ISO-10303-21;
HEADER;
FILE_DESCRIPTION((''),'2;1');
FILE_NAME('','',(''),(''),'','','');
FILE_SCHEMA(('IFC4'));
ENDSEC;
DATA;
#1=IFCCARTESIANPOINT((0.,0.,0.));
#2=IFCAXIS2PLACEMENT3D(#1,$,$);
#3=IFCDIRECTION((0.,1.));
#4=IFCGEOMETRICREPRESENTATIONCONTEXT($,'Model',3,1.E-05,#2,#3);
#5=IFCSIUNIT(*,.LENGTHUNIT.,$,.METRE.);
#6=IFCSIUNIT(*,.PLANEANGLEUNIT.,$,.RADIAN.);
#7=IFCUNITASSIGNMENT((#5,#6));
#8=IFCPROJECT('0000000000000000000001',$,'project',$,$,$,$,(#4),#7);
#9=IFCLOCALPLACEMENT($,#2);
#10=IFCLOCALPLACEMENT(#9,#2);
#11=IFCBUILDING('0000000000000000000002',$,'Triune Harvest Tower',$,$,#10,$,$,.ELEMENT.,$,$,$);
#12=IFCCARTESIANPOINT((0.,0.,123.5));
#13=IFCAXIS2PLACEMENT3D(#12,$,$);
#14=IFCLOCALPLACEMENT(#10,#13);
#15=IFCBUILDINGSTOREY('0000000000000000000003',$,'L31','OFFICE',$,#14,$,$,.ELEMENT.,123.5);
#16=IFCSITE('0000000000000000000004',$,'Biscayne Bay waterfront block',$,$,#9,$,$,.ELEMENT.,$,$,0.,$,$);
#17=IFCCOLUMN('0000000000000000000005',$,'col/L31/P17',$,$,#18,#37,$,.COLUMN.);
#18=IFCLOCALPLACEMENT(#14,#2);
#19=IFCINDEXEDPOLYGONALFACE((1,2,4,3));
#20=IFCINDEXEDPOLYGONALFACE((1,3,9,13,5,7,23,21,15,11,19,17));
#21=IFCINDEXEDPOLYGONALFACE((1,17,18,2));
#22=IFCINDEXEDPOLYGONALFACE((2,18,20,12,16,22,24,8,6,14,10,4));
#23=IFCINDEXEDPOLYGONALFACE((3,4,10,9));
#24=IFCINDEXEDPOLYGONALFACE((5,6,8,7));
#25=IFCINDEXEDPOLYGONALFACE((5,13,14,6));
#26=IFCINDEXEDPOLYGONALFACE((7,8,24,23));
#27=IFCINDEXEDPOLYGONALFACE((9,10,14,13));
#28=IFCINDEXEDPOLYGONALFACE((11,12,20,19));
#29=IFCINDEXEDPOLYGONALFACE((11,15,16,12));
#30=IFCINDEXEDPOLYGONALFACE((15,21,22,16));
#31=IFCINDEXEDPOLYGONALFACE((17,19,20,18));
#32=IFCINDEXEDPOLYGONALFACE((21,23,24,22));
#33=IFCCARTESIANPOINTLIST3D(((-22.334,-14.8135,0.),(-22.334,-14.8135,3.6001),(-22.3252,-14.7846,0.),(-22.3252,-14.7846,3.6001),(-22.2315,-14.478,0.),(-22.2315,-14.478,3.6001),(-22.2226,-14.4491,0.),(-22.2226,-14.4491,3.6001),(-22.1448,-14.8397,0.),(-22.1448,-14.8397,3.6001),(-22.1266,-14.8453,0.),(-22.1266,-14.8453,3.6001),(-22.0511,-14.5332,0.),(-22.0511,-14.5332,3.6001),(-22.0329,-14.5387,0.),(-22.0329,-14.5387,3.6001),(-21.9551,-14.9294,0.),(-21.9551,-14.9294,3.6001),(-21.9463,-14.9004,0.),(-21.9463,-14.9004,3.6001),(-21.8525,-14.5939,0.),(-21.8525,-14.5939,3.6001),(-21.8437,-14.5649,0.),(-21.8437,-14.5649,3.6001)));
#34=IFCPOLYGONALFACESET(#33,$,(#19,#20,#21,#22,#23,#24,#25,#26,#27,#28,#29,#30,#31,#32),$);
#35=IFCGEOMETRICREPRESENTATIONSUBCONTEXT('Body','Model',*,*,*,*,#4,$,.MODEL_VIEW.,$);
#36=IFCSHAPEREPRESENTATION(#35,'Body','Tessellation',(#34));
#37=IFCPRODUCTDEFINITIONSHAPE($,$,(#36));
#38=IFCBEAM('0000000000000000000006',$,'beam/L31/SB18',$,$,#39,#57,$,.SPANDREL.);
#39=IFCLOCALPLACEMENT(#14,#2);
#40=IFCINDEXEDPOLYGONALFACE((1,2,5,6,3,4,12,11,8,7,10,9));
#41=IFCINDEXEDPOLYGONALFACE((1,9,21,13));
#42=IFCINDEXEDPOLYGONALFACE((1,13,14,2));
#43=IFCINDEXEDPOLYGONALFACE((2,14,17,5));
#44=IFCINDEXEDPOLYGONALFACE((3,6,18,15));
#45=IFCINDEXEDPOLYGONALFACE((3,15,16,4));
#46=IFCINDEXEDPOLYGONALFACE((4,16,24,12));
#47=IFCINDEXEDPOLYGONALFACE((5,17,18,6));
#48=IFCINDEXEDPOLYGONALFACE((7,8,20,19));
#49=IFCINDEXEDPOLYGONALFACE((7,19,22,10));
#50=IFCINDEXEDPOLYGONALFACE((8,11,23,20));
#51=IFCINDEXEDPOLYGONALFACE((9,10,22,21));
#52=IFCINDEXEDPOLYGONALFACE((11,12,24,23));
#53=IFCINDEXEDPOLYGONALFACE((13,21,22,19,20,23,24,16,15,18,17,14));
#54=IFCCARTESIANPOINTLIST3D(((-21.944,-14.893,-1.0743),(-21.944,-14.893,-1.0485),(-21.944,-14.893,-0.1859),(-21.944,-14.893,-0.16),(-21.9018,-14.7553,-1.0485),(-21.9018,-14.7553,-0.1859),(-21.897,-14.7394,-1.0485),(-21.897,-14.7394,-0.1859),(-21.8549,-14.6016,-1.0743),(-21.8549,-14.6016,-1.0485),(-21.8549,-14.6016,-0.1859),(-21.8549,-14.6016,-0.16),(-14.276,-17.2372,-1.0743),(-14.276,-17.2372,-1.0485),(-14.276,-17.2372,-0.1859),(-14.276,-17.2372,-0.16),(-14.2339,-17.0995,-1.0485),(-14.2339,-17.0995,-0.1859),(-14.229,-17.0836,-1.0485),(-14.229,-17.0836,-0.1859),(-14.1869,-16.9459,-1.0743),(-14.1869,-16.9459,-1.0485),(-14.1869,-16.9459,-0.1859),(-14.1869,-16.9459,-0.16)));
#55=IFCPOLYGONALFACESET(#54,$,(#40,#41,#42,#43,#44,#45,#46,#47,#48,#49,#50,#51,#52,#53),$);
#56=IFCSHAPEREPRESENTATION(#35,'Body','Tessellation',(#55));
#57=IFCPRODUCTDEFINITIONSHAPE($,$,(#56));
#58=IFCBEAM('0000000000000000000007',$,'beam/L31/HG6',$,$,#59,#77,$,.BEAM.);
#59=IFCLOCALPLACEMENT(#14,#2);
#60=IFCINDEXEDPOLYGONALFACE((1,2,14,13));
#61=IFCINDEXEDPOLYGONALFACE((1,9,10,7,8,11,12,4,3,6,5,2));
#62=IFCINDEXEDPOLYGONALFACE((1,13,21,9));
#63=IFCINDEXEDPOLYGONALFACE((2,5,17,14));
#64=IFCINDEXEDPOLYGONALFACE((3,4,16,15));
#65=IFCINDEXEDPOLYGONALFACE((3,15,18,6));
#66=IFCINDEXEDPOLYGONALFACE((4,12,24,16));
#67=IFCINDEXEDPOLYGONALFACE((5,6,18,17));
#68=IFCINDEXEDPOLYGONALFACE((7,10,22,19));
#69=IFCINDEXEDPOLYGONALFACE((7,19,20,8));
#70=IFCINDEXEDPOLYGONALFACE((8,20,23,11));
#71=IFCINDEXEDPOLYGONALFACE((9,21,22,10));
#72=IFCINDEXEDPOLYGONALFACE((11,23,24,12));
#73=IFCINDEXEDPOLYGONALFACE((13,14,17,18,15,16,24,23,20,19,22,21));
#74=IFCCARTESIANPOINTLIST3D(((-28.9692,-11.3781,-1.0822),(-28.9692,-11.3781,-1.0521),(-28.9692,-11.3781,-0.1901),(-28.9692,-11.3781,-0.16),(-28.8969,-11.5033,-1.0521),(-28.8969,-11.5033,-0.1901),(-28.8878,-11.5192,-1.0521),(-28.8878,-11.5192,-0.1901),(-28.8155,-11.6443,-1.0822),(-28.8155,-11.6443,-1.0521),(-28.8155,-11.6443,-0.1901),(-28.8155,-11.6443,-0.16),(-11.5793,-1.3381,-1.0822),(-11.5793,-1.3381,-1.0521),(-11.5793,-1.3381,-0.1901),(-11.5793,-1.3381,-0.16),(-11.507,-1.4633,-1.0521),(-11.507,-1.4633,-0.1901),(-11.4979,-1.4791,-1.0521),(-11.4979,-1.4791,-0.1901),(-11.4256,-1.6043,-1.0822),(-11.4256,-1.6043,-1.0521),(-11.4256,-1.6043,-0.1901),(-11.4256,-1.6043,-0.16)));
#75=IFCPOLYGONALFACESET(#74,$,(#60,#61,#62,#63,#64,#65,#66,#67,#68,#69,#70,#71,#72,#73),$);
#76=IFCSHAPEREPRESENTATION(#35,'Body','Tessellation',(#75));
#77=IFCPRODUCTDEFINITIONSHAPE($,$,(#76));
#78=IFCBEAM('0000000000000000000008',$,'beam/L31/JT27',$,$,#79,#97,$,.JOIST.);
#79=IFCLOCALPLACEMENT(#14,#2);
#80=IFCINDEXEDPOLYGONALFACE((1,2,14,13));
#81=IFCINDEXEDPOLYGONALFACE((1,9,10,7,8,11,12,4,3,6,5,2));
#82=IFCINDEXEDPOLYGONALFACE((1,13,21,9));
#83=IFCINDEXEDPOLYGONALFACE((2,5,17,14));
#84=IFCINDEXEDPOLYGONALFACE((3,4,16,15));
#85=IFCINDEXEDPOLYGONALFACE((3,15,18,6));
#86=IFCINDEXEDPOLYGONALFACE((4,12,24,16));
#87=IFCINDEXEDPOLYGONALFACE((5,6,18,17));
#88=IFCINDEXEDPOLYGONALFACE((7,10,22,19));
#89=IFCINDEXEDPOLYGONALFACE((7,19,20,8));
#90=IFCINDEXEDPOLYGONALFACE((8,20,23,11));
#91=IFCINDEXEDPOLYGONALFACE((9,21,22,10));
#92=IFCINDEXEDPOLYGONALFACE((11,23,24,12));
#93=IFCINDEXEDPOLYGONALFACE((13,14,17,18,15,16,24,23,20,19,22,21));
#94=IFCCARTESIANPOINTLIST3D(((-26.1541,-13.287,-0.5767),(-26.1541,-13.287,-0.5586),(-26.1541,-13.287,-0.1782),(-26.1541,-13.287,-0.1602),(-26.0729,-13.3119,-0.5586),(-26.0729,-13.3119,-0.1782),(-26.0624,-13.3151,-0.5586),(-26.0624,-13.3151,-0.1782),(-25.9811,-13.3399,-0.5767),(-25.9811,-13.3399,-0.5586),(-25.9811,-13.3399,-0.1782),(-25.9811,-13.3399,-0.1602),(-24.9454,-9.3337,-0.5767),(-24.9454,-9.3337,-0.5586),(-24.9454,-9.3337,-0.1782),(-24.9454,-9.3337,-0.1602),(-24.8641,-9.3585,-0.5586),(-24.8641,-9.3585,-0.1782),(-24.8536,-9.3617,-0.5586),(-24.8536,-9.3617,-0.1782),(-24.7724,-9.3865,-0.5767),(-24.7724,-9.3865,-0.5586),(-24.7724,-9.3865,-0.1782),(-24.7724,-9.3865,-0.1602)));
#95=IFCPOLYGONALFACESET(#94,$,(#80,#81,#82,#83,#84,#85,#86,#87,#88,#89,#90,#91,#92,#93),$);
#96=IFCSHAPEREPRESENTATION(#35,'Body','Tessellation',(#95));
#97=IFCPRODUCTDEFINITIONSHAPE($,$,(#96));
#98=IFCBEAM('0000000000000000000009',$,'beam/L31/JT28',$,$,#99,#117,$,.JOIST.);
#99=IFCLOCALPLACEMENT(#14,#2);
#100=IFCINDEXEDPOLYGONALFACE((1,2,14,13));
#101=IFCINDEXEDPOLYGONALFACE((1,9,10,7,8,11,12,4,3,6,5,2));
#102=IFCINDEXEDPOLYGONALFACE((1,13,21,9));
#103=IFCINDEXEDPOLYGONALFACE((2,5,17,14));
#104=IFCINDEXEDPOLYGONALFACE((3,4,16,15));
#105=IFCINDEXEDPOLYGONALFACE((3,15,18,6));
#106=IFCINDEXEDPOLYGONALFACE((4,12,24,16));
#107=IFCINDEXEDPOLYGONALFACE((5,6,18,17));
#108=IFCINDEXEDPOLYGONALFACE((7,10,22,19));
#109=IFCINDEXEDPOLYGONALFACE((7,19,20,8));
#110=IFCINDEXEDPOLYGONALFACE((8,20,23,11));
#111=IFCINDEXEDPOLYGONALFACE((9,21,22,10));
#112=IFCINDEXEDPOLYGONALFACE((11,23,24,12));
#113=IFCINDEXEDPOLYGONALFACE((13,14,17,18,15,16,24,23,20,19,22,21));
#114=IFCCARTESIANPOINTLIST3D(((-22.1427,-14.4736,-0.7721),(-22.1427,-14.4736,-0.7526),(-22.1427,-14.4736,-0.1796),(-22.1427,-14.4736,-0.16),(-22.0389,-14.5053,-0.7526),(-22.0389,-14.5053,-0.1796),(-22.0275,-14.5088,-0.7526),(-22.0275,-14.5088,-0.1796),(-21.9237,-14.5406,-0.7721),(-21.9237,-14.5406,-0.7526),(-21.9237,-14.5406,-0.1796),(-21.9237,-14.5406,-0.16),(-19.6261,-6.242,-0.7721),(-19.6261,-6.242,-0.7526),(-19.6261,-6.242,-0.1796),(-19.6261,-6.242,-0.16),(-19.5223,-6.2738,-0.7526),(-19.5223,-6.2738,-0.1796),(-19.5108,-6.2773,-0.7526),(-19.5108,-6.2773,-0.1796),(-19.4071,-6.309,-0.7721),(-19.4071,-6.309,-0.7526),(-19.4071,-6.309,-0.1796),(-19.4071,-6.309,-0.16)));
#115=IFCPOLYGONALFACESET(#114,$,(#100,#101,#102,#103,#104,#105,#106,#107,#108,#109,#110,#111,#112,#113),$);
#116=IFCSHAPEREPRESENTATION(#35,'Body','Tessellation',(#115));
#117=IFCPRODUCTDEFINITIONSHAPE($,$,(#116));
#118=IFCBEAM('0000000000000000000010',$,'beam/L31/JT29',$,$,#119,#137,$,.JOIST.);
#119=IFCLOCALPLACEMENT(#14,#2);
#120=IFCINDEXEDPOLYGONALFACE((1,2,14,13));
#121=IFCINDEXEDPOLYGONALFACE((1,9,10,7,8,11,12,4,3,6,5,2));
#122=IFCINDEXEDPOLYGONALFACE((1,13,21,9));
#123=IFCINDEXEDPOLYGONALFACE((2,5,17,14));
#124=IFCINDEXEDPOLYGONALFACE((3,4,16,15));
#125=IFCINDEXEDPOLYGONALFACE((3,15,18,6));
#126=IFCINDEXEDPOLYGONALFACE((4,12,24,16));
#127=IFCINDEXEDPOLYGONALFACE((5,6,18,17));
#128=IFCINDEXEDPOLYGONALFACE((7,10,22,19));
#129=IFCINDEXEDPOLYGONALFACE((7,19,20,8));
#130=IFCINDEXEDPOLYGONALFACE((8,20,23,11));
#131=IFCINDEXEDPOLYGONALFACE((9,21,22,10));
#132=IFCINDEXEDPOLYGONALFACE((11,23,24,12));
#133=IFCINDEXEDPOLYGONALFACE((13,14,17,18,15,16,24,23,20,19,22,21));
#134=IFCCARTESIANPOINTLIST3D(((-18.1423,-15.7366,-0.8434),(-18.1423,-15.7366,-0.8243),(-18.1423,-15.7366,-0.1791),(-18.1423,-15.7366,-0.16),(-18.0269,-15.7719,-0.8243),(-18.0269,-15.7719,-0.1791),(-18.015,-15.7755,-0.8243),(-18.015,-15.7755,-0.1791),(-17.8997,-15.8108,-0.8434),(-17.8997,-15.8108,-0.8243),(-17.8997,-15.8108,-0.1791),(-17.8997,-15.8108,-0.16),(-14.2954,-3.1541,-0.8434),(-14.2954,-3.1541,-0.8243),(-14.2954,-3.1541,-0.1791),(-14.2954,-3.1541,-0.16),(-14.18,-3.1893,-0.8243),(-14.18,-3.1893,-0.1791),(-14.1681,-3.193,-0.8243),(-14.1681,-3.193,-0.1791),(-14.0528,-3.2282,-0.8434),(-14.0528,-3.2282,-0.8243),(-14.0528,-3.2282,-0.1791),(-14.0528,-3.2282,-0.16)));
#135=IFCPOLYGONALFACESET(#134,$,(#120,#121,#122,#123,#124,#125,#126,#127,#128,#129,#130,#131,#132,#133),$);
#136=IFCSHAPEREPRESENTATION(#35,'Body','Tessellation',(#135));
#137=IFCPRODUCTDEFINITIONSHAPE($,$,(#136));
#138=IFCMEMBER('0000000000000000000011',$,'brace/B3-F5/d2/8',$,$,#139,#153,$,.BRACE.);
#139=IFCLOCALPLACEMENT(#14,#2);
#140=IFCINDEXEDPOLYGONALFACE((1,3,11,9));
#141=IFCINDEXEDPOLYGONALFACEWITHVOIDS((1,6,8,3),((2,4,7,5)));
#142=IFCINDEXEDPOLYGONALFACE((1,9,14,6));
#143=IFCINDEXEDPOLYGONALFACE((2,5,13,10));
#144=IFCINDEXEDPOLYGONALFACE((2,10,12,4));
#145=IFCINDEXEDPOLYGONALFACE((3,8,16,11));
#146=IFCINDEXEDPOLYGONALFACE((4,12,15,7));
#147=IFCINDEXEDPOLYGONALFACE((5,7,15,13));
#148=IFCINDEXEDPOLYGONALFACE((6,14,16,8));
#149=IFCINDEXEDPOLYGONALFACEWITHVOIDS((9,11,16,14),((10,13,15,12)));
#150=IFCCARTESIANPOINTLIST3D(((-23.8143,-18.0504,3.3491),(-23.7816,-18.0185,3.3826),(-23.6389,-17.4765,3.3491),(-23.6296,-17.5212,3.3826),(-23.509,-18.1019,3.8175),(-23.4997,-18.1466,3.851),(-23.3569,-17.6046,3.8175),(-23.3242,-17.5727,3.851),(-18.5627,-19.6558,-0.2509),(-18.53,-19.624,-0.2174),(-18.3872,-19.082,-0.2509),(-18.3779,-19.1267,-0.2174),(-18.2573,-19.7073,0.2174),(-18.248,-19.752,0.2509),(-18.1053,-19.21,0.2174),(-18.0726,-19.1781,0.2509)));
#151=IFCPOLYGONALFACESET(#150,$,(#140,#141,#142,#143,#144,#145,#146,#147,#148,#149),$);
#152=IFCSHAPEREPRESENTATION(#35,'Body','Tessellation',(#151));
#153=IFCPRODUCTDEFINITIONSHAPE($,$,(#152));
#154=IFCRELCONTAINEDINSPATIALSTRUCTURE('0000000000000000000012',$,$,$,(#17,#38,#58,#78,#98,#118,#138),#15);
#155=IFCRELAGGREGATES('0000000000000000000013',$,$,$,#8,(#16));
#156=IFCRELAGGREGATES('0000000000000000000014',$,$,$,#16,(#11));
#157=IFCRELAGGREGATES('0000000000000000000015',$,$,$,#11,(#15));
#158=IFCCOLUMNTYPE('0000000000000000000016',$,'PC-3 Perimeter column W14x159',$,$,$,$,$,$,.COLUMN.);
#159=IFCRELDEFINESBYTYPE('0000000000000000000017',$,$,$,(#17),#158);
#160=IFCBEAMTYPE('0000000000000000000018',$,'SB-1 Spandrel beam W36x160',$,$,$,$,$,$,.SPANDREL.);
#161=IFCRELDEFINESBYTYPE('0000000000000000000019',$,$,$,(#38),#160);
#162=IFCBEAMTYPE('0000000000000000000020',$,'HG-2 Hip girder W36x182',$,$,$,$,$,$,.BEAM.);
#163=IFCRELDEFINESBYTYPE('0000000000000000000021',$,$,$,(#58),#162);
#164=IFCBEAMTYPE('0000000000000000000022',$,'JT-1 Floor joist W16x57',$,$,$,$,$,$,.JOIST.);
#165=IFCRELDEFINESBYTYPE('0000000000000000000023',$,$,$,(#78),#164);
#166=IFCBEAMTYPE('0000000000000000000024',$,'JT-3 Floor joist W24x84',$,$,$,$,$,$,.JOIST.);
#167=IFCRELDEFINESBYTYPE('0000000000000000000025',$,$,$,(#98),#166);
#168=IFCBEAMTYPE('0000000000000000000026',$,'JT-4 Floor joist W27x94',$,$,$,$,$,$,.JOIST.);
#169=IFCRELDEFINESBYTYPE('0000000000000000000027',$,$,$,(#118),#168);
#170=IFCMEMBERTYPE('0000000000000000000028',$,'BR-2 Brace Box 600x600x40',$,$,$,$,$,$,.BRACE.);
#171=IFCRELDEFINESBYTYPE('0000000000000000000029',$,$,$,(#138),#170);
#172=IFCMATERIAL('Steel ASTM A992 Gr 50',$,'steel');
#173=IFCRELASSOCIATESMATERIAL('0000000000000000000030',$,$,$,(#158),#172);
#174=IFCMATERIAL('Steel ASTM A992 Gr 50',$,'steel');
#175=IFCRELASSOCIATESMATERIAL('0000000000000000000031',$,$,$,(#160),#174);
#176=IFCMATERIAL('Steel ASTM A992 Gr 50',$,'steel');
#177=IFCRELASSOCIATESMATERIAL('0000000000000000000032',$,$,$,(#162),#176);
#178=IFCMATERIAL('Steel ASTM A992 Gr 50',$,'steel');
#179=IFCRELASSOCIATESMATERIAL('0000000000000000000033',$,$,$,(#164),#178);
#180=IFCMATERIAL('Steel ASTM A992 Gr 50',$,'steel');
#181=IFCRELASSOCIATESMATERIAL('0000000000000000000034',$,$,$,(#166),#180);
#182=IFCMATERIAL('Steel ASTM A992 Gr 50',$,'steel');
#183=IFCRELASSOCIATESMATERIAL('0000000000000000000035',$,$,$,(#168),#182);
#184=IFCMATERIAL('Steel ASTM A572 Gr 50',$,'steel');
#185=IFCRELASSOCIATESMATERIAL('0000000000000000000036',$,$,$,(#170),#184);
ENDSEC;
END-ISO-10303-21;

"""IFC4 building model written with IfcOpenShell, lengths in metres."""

from ifc_helpers import new_model, si_unit, direction, frame, origin, origin_2d, place, context, subcontext, project, spatial, hollow_rectangle, i_section, extrude, source, transform, mapped, material, material_profile, profile_set, type_object, element, save


model = new_model("IFC4")

# Units and contexts
model_context = context("Model", 3, precision=1e-05, world=origin(), true_north=direction((0.0, 1.0)))
body_context = subcontext(model_context, "Body", "Model", "MODEL_VIEW")
ifc_project = project(units=[si_unit("LENGTHUNIT", "METRE"), si_unit("PLANEANGLEUNIT", "RADIAN")], contexts=[model_context])

# Site, building, storey
site_placement = place(None, origin())
site = spatial("IfcSite", under=ifc_project, at=site_placement, Name="Biscayne Bay waterfront block", CompositionType="ELEMENT", RefElevation=0.0)
building_placement = place(site_placement, origin())
building = spatial("IfcBuilding", under=site, at=building_placement, Name="Triune Harvest Tower", CompositionType="ELEMENT")
storey_placement = place(building_placement, frame((0.0, 0.0, 123.5)))
storey = spatial("IfcBuildingStorey", under=building, at=storey_placement, Name="L31", Description="OFFICE", CompositionType="ELEMENT", Elevation=123.5)

# Column
ifc_material_1 = material(Name="Steel ASTM A992 Gr 50", Category="steel")
ifc_material_profile_1 = material_profile(ifc_material_1, i_section(OverallWidth=0.3962, OverallDepth=0.3811, WebThickness=0.019, FlangeThickness=0.0303, at=origin_2d()), Name="W14x159")
ifc_profile_set_1 = profile_set([ifc_material_profile_1], Name="Steel ASTM A992 Gr 50")
column_type = type_object("IfcColumnType", Name="PC-3 Perimeter column W14x159", PredefinedType="COLUMN", material=ifc_profile_set_1)
shared_shape_1 = source(origin(), body_context, "Body", "SweptSolid", [
    extrude(i_section(OverallWidth=0.3962, OverallDepth=0.3811, WebThickness=0.019, FlangeThickness=0.0303, at=origin_2d()), origin(), (0.0, 0.0, 1.0), 3.6001),
])
column_placement = place(storey_placement, frame((-22.0889, -14.6892, 0.0), z_axis=(0.0, 0.0, 1.0), x_axis=(0.956305, -0.292372, 0.0)))
element("IfcColumn", 1, at=column_placement, inside=storey, type_object=column_type, Name="col/L31/P17", PredefinedType="COLUMN", context=body_context, shape_type="MappedRepresentation", body=[
    mapped(shared_shape_1, transform((0.0, 0.0, 0.0), scale=1.0)),
])

# Beams
ifc_material_2 = material(Name="Steel ASTM A992 Gr 50", Category="steel")
ifc_material_profile_2 = material_profile(ifc_material_2, i_section(OverallWidth=0.3047, OverallDepth=0.9143, WebThickness=0.0166, FlangeThickness=0.0259, at=origin_2d()), Name="W36x160")
ifc_profile_set_2 = profile_set([ifc_material_profile_2], Name="Steel ASTM A992 Gr 50")
beam_type_1 = type_object("IfcBeamType", Name="SB-1 Spandrel beam W36x160", PredefinedType="SPANDREL", material=ifc_profile_set_2)
shared_shape_2 = source(origin(), body_context, "Body", "SweptSolid", [
    extrude(i_section(OverallWidth=0.3047, OverallDepth=0.9143, WebThickness=0.0166, FlangeThickness=0.0259, at=origin_2d()), origin(), (0.0, 0.0, 1.0), 8.0183),
])
beam_1_placement = place(storey_placement, frame((-21.8994, -14.7473, -0.6172), z_axis=(0.956308, -0.292361, 0.0), x_axis=(0.292361, 0.956308, 0.0)))
element("IfcBeam", 2, at=beam_1_placement, inside=storey, type_object=beam_type_1, Name="beam/L31/SB18", PredefinedType="SPANDREL", context=body_context, shape_type="MappedRepresentation", body=[
    mapped(shared_shape_2, transform((0.0, 0.0, 0.0), scale=1.0)),
])
ifc_material_3 = material(Name="Steel ASTM A992 Gr 50", Category="steel")
ifc_material_profile_3 = material_profile(ifc_material_3, i_section(OverallWidth=0.3074, OverallDepth=0.9221, WebThickness=0.0183, FlangeThickness=0.03, at=origin_2d()), Name="W36x182")
ifc_profile_set_3 = profile_set([ifc_material_profile_3], Name="Steel ASTM A992 Gr 50")
beam_type_2 = type_object("IfcBeamType", Name="HG-2 Hip girder W36x182", PredefinedType="BEAM", material=ifc_profile_set_3)
shared_shape_3 = source(origin(), body_context, "Body", "SweptSolid", [
    extrude(i_section(OverallWidth=0.3074, OverallDepth=0.9221, WebThickness=0.0183, FlangeThickness=0.03, at=origin_2d()), origin(), (0.0, 0.0, 1.0), 20.0801),
])
beam_2_placement = place(storey_placement, frame((-28.8923, -11.5112, -0.6211), z_axis=(0.866026, 0.499999, 0.0), x_axis=(-0.499999, 0.866026, 0.0)))
element("IfcBeam", 3, at=beam_2_placement, inside=storey, type_object=beam_type_2, Name="beam/L31/HG6", PredefinedType="BEAM", context=body_context, shape_type="MappedRepresentation", body=[
    mapped(shared_shape_3, transform((0.0, 0.0, 0.0), scale=1.0)),
])
ifc_material_4 = material(Name="Steel ASTM A992 Gr 50", Category="steel")
ifc_material_profile_4 = material_profile(ifc_material_4, i_section(OverallWidth=0.1809, OverallDepth=0.4165, WebThickness=0.011, FlangeThickness=0.0181, at=origin_2d()), Name="W16x57")
ifc_profile_set_4 = profile_set([ifc_material_profile_4], Name="Steel ASTM A992 Gr 50")
beam_type_3 = type_object("IfcBeamType", Name="JT-1 Floor joist W16x57", PredefinedType="JOIST", material=ifc_profile_set_4)
shared_shape_4 = source(origin(), body_context, "Body", "SweptSolid", [
    extrude(i_section(OverallWidth=0.1809, OverallDepth=0.4165, WebThickness=0.011, FlangeThickness=0.0181, at=origin_2d()), origin(), (0.0, 0.0, 1.0), 4.134),
])
beam_3_placement = place(storey_placement, frame((-26.0676, -13.3135, -0.3684), z_axis=(0.292388, 0.9563, 0.0), x_axis=(-0.9563, 0.292388, 0.0)))
element("IfcBeam", 4, at=beam_3_placement, inside=storey, type_object=beam_type_3, Name="beam/L31/JT27", PredefinedType="JOIST", context=body_context, shape_type="MappedRepresentation", body=[
    mapped(shared_shape_4, transform((0.0, 0.0, 0.0), scale=1.0)),
])
ifc_material_5 = material(Name="Steel ASTM A992 Gr 50", Category="steel")
ifc_material_profile_5 = material_profile(ifc_material_5, i_section(OverallWidth=0.229, OverallDepth=0.6121, WebThickness=0.012, FlangeThickness=0.0195, at=origin_2d()), Name="W24x84")
ifc_profile_set_5 = profile_set([ifc_material_profile_5], Name="Steel ASTM A992 Gr 50")
beam_type_4 = type_object("IfcBeamType", Name="JT-3 Floor joist W24x84", PredefinedType="JOIST", material=ifc_profile_set_5)
shared_shape_5 = source(origin(), body_context, "Body", "SweptSolid", [
    extrude(i_section(OverallWidth=0.229, OverallDepth=0.6121, WebThickness=0.012, FlangeThickness=0.0195, at=origin_2d()), origin(), (0.0, 0.0, 1.0), 8.6077),
])
beam_4_placement = place(storey_placement, frame((-22.0332, -14.5071, -0.4661), z_axis=(0.292371, 0.956305, 0.0), x_axis=(-0.956305, 0.292371, 0.0)))
element("IfcBeam", 5, at=beam_4_placement, inside=storey, type_object=beam_type_4, Name="beam/L31/JT28", PredefinedType="JOIST", context=body_context, shape_type="MappedRepresentation", body=[
    mapped(shared_shape_5, transform((0.0, 0.0, 0.0), scale=1.0)),
])
ifc_material_6 = material(Name="Steel ASTM A992 Gr 50", Category="steel")
ifc_material_profile_6 = material_profile(ifc_material_6, i_section(OverallWidth=0.2537, OverallDepth=0.6833, WebThickness=0.0125, FlangeThickness=0.019, at=origin_2d()), Name="W27x94")
ifc_profile_set_6 = profile_set([ifc_material_profile_6], Name="Steel ASTM A992 Gr 50")
beam_type_5 = type_object("IfcBeamType", Name="JT-4 Floor joist W27x94", PredefinedType="JOIST", material=ifc_profile_set_6)
shared_shape_6 = source(origin(), body_context, "Body", "SweptSolid", [
    extrude(i_section(OverallWidth=0.2537, OverallDepth=0.6833, WebThickness=0.0125, FlangeThickness=0.019, at=origin_2d()), origin(), (0.0, 0.0, 1.0), 13.1575),
])
beam_5_placement = place(storey_placement, frame((-18.021, -15.7737, -0.5017), z_axis=(0.292376, 0.956303, 0.0), x_axis=(-0.956303, 0.292376, 0.0)))
element("IfcBeam", 6, at=beam_5_placement, inside=storey, type_object=beam_type_5, Name="beam/L31/JT29", PredefinedType="JOIST", context=body_context, shape_type="MappedRepresentation", body=[
    mapped(shared_shape_6, transform((0.0, 0.0, 0.0), scale=1.0)),
])

# Member
ifc_material_7 = material(Name="Steel ASTM A572 Gr 50", Category="steel")
ifc_material_profile_7 = material_profile(ifc_material_7, hollow_rectangle(XDim=0.6001, YDim=0.6001, WallThickness=0.04, at=origin_2d()), Name="Box 600x600x40")
ifc_profile_set_7 = profile_set([ifc_material_profile_7], Name="Steel ASTM A572 Gr 50")
member_type_1 = type_object("IfcMemberType", Name="BR-2 Brace Box 600x600x40", PredefinedType="BRACE", material=ifc_profile_set_7)
shared_shape_7 = source(origin(), body_context, "Body", "SweptSolid", [
    extrude(hollow_rectangle(XDim=0.6001, YDim=0.6001, WallThickness=0.04, at=origin_2d()), origin(), (0.0, 0.0, 1.0), 6.5664),
])
member_1_placement = place(storey_placement, frame((-18.3176, -19.417, 0.0), z_axis=(-0.799775, 0.244495, 0.548254), x_axis=(-0.292348, -0.956312, 0.0)))
element("IfcMember", 7, at=member_1_placement, inside=storey, type_object=member_type_1, Name="brace/B3-F5/d2/8", PredefinedType="BRACE", context=body_context, shape_type="MappedRepresentation", body=[
    mapped(shared_shape_7, transform((0.0, 0.0, 0.0), scale=1.0)),
])

save(model, "model.ifc")
